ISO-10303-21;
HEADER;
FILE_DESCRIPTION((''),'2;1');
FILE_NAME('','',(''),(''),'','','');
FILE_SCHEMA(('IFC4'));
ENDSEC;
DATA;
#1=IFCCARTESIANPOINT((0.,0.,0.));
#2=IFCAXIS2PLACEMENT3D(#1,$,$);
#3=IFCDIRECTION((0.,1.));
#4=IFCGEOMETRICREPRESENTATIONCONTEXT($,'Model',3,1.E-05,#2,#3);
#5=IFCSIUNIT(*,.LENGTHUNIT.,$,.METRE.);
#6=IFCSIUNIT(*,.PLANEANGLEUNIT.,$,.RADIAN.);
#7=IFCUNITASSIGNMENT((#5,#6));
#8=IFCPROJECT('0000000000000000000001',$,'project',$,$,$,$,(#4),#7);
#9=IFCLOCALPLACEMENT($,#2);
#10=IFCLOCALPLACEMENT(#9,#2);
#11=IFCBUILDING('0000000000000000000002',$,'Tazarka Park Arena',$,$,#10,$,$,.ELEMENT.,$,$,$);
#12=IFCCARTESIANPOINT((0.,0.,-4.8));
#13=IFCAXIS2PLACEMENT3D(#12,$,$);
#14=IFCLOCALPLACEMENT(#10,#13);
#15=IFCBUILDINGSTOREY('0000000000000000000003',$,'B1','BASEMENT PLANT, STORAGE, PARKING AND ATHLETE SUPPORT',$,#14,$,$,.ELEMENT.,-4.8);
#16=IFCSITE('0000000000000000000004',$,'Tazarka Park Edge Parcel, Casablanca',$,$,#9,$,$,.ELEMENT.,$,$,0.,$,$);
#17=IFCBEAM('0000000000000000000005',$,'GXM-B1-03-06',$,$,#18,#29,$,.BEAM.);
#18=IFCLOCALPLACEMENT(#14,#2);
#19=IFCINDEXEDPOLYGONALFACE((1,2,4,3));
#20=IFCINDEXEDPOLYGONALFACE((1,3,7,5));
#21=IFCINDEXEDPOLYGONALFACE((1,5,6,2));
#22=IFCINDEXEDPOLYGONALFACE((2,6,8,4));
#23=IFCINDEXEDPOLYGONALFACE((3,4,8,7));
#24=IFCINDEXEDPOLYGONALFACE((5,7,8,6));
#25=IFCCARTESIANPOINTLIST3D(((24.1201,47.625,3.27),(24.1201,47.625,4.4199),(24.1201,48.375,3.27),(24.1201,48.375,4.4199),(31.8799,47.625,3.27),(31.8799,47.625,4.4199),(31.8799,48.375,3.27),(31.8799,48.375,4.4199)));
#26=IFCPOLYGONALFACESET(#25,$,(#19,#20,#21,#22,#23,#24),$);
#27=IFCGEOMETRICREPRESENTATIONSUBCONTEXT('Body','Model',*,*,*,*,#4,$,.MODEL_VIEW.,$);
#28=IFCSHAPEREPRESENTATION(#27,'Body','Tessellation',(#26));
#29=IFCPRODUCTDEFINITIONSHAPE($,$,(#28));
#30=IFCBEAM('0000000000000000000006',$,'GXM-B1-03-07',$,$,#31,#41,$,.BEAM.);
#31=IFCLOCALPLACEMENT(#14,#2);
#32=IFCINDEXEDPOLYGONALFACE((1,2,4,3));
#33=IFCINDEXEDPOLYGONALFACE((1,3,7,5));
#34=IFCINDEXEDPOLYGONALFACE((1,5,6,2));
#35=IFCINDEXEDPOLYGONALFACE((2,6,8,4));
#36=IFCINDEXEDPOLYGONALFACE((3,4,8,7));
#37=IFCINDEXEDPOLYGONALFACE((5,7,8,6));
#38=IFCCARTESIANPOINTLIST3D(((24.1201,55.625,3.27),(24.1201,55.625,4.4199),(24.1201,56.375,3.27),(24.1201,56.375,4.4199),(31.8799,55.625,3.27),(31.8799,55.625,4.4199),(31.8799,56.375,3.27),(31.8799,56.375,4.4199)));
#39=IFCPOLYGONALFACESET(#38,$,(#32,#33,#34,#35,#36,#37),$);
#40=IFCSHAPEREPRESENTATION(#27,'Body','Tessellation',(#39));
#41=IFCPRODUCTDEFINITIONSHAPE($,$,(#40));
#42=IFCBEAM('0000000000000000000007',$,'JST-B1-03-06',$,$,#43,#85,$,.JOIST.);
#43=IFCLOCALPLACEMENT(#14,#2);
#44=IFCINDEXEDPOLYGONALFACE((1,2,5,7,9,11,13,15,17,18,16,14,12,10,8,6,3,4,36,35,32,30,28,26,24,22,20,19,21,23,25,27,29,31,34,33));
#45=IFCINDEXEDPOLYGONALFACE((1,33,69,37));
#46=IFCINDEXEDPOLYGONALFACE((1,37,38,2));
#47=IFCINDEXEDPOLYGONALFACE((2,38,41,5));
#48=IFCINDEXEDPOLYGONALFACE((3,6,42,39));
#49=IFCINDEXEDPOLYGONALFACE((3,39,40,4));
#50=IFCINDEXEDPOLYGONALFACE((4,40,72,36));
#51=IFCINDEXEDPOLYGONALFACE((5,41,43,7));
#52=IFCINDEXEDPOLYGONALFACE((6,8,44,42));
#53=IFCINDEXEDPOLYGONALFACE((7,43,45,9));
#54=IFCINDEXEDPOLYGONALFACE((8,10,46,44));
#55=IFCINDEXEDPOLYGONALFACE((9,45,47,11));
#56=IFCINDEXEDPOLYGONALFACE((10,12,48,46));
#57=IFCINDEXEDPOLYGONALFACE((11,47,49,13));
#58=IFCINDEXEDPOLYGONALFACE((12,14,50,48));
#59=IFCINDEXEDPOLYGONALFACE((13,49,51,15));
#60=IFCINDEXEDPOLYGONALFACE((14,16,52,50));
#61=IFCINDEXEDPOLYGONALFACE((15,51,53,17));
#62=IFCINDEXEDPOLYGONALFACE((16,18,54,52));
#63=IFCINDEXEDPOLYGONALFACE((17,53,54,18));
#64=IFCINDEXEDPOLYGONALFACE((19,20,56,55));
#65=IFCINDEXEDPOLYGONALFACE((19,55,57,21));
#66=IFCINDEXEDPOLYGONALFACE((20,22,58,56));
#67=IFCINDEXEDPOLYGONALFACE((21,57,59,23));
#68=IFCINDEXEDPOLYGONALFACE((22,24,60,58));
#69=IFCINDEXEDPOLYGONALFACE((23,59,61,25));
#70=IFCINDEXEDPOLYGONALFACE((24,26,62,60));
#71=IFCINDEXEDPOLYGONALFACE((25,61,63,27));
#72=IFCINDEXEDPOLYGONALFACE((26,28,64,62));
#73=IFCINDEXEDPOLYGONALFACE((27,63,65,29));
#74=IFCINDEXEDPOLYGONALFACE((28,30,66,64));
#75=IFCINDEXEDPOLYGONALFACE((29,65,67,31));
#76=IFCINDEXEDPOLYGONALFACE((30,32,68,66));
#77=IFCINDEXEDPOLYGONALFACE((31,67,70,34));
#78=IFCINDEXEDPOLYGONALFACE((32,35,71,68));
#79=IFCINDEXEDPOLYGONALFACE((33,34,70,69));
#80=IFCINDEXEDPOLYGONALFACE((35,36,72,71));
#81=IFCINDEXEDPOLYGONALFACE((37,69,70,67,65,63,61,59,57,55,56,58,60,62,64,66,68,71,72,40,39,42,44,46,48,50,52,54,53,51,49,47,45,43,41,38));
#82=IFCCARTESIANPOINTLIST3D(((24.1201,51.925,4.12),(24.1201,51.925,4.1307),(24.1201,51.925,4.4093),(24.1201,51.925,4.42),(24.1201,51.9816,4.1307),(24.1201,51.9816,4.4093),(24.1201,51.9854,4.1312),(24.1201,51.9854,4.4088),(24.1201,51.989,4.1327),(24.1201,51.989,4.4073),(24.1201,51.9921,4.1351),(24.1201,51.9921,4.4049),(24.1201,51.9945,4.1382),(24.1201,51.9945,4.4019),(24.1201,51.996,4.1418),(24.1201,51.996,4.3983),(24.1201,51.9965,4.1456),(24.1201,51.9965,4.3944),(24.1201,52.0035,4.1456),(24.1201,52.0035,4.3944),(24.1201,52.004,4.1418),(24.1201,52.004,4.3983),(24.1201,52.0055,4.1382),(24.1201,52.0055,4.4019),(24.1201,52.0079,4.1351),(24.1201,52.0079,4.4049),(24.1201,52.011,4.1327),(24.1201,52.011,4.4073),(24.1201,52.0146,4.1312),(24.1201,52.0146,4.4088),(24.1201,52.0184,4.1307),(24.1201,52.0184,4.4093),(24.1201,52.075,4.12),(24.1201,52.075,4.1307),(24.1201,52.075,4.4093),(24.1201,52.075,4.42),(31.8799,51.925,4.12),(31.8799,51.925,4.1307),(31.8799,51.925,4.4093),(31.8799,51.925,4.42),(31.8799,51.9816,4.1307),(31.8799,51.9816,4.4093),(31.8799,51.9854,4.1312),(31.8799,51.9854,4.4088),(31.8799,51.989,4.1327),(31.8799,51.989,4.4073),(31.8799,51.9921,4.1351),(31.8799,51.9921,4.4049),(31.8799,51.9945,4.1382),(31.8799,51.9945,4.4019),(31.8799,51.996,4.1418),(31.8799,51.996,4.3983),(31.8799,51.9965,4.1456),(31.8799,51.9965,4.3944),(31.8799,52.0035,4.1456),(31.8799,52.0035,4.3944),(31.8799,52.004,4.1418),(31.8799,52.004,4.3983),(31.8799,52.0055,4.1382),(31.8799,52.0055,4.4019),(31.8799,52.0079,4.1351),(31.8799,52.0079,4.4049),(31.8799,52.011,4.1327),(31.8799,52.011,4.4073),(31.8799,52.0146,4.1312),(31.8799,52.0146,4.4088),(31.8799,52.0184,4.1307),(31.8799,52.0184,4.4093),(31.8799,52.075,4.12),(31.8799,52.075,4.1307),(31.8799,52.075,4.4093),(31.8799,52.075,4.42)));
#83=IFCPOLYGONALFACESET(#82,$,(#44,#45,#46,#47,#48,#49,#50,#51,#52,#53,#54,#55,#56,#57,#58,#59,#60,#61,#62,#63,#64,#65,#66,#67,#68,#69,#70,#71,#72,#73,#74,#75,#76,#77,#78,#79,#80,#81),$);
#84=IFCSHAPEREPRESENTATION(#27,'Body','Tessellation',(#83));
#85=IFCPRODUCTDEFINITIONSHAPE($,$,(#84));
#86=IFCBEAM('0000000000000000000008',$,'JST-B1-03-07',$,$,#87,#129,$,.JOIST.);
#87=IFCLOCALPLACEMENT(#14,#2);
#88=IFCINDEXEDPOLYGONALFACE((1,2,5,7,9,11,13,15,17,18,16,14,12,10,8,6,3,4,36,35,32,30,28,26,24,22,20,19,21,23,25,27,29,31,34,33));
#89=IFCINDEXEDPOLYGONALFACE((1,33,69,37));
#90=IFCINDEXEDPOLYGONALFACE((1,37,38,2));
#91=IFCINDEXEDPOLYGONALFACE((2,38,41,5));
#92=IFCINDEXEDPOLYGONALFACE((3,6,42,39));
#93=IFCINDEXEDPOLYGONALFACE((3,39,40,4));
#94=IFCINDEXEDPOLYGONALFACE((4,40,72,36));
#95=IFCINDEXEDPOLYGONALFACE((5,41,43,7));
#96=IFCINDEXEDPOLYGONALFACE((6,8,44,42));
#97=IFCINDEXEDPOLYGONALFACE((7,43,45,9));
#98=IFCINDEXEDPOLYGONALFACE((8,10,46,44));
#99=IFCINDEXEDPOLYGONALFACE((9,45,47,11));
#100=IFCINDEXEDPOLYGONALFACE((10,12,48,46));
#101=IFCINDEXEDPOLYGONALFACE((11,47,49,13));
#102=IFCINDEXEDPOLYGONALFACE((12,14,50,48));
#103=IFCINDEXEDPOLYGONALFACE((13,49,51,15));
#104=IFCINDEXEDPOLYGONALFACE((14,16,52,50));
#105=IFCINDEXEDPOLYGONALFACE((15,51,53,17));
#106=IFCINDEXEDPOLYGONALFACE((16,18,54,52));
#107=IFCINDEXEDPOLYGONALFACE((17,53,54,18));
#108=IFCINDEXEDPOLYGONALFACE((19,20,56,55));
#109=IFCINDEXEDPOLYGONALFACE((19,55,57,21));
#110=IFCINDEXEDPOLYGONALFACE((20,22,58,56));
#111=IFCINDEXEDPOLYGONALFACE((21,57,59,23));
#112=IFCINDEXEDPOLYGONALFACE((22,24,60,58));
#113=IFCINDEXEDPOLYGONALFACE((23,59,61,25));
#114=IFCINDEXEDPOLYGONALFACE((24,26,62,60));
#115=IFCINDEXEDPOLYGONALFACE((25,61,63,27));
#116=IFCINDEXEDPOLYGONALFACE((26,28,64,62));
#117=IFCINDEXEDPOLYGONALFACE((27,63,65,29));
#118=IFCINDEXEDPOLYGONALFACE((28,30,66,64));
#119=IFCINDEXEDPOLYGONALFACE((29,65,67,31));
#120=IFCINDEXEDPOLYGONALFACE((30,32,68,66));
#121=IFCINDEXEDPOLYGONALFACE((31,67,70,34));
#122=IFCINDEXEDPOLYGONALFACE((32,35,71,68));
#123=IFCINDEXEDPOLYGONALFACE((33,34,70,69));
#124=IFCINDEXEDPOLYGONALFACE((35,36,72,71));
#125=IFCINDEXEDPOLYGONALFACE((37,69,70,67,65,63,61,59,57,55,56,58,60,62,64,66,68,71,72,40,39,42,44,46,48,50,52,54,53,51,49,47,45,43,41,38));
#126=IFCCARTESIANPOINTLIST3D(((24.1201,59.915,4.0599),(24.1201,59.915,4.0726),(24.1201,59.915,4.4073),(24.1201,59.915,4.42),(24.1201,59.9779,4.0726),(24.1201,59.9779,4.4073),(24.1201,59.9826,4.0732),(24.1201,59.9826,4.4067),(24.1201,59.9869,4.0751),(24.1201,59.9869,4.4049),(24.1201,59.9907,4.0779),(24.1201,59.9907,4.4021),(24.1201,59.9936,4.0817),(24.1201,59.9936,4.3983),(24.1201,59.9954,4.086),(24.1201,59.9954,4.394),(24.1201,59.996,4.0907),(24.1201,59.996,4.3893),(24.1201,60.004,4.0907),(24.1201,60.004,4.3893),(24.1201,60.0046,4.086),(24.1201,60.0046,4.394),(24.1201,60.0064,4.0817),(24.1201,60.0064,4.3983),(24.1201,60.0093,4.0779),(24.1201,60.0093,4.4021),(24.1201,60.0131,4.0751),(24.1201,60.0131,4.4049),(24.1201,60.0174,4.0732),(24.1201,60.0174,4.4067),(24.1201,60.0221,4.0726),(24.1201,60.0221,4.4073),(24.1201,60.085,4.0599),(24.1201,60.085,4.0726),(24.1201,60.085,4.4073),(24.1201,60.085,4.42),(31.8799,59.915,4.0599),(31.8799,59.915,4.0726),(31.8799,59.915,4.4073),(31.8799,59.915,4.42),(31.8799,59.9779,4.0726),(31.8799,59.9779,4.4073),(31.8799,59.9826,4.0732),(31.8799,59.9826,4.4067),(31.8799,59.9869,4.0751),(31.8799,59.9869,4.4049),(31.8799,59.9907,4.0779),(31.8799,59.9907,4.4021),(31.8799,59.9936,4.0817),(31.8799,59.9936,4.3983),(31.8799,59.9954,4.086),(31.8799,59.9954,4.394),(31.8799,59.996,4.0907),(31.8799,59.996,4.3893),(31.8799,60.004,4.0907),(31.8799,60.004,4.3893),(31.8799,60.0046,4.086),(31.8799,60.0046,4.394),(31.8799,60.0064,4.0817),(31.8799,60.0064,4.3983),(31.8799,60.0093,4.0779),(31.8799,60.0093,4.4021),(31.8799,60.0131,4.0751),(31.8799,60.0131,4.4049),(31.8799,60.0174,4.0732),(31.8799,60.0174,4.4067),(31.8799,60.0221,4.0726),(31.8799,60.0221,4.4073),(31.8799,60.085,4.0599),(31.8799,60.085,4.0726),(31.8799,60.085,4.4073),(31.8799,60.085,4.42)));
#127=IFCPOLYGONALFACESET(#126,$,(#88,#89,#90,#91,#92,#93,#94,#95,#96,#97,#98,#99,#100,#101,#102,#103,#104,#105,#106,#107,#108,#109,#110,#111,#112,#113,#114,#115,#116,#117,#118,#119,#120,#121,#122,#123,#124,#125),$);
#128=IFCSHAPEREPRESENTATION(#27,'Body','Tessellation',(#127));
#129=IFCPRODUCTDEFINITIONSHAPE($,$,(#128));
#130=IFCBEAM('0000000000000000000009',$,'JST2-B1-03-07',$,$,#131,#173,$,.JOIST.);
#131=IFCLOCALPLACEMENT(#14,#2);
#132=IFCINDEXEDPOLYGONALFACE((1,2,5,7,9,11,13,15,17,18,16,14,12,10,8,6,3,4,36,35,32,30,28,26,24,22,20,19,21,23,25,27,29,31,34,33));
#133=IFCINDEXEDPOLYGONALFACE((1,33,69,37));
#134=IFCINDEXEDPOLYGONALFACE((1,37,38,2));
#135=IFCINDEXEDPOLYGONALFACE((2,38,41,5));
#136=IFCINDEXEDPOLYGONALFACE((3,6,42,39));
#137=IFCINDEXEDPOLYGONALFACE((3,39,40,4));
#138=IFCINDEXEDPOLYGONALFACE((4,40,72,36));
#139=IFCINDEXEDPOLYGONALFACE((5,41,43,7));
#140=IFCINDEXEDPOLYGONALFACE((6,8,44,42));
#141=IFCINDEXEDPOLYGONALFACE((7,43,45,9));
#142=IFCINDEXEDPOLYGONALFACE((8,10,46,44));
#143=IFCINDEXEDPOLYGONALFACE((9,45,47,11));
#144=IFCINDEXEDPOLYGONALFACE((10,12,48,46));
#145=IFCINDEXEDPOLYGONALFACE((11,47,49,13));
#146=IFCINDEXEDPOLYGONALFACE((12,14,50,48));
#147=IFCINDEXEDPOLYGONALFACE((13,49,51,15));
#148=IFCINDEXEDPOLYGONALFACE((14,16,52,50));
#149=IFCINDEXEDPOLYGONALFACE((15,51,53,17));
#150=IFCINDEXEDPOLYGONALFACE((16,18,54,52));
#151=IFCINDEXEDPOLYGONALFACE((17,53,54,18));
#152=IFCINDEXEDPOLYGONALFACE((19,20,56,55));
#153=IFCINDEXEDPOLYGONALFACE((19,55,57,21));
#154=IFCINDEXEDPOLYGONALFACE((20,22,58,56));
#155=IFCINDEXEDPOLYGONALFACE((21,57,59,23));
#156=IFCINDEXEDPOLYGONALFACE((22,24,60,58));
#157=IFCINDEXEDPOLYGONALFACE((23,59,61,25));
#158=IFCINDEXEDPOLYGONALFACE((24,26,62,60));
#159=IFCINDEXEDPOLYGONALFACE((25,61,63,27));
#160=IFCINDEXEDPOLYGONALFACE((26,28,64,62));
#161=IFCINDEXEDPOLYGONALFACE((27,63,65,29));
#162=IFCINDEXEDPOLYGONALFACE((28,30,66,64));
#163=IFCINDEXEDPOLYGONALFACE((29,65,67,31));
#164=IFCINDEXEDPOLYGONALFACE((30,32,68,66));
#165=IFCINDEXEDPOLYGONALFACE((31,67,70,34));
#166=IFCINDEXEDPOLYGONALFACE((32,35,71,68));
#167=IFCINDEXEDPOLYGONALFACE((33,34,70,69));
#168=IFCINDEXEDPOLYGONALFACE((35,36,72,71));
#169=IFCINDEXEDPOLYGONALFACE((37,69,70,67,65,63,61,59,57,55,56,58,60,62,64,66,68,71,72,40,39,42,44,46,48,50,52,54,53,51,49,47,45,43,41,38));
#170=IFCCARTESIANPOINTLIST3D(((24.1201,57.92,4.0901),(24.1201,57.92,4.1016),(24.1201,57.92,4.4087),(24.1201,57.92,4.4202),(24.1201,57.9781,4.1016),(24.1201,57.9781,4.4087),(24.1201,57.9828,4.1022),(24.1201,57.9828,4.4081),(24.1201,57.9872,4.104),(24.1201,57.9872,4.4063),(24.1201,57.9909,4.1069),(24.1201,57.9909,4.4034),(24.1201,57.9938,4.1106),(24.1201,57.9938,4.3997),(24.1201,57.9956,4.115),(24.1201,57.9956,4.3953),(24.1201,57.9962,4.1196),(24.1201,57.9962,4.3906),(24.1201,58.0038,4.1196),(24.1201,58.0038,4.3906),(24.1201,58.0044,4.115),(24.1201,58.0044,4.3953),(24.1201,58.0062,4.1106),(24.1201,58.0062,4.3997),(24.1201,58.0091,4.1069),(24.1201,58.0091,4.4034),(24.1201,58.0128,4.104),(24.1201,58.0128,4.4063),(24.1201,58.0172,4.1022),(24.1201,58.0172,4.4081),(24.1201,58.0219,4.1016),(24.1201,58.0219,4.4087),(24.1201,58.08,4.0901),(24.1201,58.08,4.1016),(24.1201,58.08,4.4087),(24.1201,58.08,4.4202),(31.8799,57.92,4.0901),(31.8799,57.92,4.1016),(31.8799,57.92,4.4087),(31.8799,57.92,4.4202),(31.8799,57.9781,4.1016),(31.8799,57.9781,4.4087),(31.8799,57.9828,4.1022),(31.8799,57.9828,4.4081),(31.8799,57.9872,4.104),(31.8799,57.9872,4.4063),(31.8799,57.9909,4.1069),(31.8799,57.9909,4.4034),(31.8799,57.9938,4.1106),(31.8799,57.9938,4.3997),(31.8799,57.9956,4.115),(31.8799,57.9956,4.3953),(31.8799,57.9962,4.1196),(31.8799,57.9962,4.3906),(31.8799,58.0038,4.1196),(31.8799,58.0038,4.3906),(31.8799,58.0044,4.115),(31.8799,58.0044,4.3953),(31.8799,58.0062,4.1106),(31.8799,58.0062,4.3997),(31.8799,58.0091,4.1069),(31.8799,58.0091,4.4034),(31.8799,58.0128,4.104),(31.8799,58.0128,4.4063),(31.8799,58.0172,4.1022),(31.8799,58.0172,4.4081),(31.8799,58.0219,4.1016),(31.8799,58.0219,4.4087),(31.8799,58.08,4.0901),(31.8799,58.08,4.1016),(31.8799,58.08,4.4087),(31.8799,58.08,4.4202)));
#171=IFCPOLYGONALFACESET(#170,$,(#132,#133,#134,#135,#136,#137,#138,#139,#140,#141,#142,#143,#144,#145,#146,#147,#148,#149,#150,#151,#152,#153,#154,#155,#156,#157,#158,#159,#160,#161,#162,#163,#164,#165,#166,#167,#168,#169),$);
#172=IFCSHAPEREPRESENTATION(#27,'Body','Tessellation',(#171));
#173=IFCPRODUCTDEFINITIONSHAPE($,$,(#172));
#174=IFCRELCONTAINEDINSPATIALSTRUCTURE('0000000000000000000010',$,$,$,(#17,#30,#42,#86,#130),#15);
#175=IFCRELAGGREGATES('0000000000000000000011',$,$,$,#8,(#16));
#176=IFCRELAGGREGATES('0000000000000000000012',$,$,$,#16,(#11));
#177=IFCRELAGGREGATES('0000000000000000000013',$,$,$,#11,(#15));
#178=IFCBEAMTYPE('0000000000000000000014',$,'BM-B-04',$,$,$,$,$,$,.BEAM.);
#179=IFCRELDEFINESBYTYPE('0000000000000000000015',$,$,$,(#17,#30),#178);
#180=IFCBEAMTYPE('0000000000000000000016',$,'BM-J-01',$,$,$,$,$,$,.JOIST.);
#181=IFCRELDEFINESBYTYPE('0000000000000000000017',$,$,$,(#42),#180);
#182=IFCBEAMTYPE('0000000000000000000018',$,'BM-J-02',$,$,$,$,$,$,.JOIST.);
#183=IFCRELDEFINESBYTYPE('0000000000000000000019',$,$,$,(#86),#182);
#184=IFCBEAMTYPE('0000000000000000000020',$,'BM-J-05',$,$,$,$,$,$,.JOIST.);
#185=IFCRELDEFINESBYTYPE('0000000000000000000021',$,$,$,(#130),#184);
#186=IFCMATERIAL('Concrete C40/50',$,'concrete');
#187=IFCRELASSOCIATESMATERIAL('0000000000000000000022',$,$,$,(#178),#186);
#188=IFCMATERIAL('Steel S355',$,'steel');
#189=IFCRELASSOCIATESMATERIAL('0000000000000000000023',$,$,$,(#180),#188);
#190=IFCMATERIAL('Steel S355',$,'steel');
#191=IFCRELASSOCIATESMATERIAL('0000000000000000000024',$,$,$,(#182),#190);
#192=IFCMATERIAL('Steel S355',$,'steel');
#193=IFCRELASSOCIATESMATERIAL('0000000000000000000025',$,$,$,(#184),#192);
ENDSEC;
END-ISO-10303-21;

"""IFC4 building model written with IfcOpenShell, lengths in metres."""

from ifc_helpers import new_model, si_unit, direction, frame, origin, origin_2d, place, context, subcontext, project, spatial, rectangle, i_section, extrude, material, material_profile, profile_set, type_object, element, save


model = new_model("IFC4")

# Units and contexts
model_context = context("Model", 3, precision=1e-05, world=origin(), true_north=direction((0.0, 1.0)))
body_context = subcontext(model_context, "Body", "Model", "MODEL_VIEW")
ifc_project = project(units=[si_unit("LENGTHUNIT", "METRE"), si_unit("PLANEANGLEUNIT", "RADIAN")], contexts=[model_context])

# Site, building, storey
site_placement = place(None, origin())
site = spatial("IfcSite", under=ifc_project, at=site_placement, Name="Tazarka Park Edge Parcel, Casablanca", CompositionType="ELEMENT", RefElevation=0.0)
building_placement = place(site_placement, origin())
building = spatial("IfcBuilding", under=site, at=building_placement, Name="Tazarka Park Arena", CompositionType="ELEMENT")
storey_placement = place(building_placement, frame((0.0, 0.0, -4.8)))
storey = spatial("IfcBuildingStorey", under=building, at=storey_placement, Name="B1", Description="BASEMENT PLANT, STORAGE, PARKING AND ATHLETE SUPPORT", CompositionType="ELEMENT", Elevation=-4.8)

# Beams
ifc_material_1 = material(Name="Concrete C40/50", Category="concrete")
ifc_material_profile_1 = material_profile(ifc_material_1, rectangle(XDim=0.75, YDim=1.1499, at=origin_2d()), Name="Concrete C40/50")
ifc_profile_set_1 = profile_set([ifc_material_profile_1], Name="Concrete C40/50")
beam_type_1 = type_object("IfcBeamType", Name="BM-B-04", PredefinedType="BEAM", material=ifc_profile_set_1)
for number, where, z_axis, x_axis, name in (
    (1, (24.1201, 48.0, 3.845), (1.0, 0.0, 0.0), (0.0, 1.0, 0.0), "GXM-B1-03-06"),
    (2, (24.1201, 56.0, 3.845), (1.0, 0.0, 0.0), (0.0, 1.0, 0.0), "GXM-B1-03-07"),
):
    element("IfcBeam", number, at=place(storey_placement, frame(where, z_axis=z_axis, x_axis=x_axis)), inside=storey, type_object=beam_type_1, Name=name, PredefinedType="BEAM", context=body_context, shape_type="SweptSolid", body=[
        extrude(rectangle(XDim=0.75, YDim=1.1499, at=origin_2d()), origin(), (0.0, 0.0, 1.0), 7.7598),
    ])
ifc_material_2 = material(Name="Steel S355", Category="steel")
ifc_material_profile_2 = material_profile(ifc_material_2, i_section(OverallWidth=0.1499, OverallDepth=0.3, WebThickness=0.0071, FlangeThickness=0.0107, FilletRadius=0.0149, at=origin_2d()), Name="Steel S355")
ifc_profile_set_2 = profile_set([ifc_material_profile_2], Name="Steel S355")
beam_type_2 = type_object("IfcBeamType", Name="BM-J-01", PredefinedType="JOIST", material=ifc_profile_set_2)
beam_1_placement = place(storey_placement, frame((24.1201, 52.0, 4.27), z_axis=(1.0, 0.0, 0.0), x_axis=(0.0, 1.0, 0.0)))
element("IfcBeam", 3, at=beam_1_placement, inside=storey, type_object=beam_type_2, Name="JST-B1-03-06", PredefinedType="JOIST", context=body_context, shape_type="SweptSolid", body=[
    extrude(i_section(OverallWidth=0.1499, OverallDepth=0.3, WebThickness=0.0071, FlangeThickness=0.0107, FilletRadius=0.0149, at=origin_2d()), origin(), (0.0, 0.0, 1.0), 7.7598),
])
ifc_material_3 = material(Name="Steel S355", Category="steel")
ifc_material_profile_3 = material_profile(ifc_material_3, i_section(OverallWidth=0.1699, OverallDepth=0.3601, WebThickness=0.0081, FlangeThickness=0.0127, FilletRadius=0.0181, at=origin_2d()), Name="Steel S355")
ifc_profile_set_3 = profile_set([ifc_material_profile_3], Name="Steel S355")
beam_type_3 = type_object("IfcBeamType", Name="BM-J-02", PredefinedType="JOIST", material=ifc_profile_set_3)
beam_2_placement = place(storey_placement, frame((24.1201, 60.0, 4.24), z_axis=(1.0, 0.0, 0.0), x_axis=(0.0, 1.0, 0.0)))
element("IfcBeam", 4, at=beam_2_placement, inside=storey, type_object=beam_type_3, Name="JST-B1-03-07", PredefinedType="JOIST", context=body_context, shape_type="SweptSolid", body=[
    extrude(i_section(OverallWidth=0.1699, OverallDepth=0.3601, WebThickness=0.0081, FlangeThickness=0.0127, FilletRadius=0.0181, at=origin_2d()), origin(), (0.0, 0.0, 1.0), 7.7598),
])
ifc_material_4 = material(Name="Steel S355", Category="steel")
ifc_material_profile_4 = material_profile(ifc_material_4, i_section(OverallWidth=0.1599, OverallDepth=0.3301, WebThickness=0.0076, FlangeThickness=0.0115, FilletRadius=0.0181, at=origin_2d()), Name="Steel S355")
ifc_profile_set_4 = profile_set([ifc_material_profile_4], Name="Steel S355")
beam_type_4 = type_object("IfcBeamType", Name="BM-J-05", PredefinedType="JOIST", material=ifc_profile_set_4)
beam_3_placement = place(storey_placement, frame((24.1201, 58.0, 4.2551), z_axis=(1.0, 0.0, 0.0), x_axis=(0.0, 1.0, 0.0)))
element("IfcBeam", 5, at=beam_3_placement, inside=storey, type_object=beam_type_4, Name="JST2-B1-03-07", PredefinedType="JOIST", context=body_context, shape_type="SweptSolid", body=[
    extrude(i_section(OverallWidth=0.1599, OverallDepth=0.3301, WebThickness=0.0076, FlangeThickness=0.0115, FilletRadius=0.0181, at=origin_2d()), origin(), (0.0, 0.0, 1.0), 7.7598),
])

save(model, "model.ifc")
